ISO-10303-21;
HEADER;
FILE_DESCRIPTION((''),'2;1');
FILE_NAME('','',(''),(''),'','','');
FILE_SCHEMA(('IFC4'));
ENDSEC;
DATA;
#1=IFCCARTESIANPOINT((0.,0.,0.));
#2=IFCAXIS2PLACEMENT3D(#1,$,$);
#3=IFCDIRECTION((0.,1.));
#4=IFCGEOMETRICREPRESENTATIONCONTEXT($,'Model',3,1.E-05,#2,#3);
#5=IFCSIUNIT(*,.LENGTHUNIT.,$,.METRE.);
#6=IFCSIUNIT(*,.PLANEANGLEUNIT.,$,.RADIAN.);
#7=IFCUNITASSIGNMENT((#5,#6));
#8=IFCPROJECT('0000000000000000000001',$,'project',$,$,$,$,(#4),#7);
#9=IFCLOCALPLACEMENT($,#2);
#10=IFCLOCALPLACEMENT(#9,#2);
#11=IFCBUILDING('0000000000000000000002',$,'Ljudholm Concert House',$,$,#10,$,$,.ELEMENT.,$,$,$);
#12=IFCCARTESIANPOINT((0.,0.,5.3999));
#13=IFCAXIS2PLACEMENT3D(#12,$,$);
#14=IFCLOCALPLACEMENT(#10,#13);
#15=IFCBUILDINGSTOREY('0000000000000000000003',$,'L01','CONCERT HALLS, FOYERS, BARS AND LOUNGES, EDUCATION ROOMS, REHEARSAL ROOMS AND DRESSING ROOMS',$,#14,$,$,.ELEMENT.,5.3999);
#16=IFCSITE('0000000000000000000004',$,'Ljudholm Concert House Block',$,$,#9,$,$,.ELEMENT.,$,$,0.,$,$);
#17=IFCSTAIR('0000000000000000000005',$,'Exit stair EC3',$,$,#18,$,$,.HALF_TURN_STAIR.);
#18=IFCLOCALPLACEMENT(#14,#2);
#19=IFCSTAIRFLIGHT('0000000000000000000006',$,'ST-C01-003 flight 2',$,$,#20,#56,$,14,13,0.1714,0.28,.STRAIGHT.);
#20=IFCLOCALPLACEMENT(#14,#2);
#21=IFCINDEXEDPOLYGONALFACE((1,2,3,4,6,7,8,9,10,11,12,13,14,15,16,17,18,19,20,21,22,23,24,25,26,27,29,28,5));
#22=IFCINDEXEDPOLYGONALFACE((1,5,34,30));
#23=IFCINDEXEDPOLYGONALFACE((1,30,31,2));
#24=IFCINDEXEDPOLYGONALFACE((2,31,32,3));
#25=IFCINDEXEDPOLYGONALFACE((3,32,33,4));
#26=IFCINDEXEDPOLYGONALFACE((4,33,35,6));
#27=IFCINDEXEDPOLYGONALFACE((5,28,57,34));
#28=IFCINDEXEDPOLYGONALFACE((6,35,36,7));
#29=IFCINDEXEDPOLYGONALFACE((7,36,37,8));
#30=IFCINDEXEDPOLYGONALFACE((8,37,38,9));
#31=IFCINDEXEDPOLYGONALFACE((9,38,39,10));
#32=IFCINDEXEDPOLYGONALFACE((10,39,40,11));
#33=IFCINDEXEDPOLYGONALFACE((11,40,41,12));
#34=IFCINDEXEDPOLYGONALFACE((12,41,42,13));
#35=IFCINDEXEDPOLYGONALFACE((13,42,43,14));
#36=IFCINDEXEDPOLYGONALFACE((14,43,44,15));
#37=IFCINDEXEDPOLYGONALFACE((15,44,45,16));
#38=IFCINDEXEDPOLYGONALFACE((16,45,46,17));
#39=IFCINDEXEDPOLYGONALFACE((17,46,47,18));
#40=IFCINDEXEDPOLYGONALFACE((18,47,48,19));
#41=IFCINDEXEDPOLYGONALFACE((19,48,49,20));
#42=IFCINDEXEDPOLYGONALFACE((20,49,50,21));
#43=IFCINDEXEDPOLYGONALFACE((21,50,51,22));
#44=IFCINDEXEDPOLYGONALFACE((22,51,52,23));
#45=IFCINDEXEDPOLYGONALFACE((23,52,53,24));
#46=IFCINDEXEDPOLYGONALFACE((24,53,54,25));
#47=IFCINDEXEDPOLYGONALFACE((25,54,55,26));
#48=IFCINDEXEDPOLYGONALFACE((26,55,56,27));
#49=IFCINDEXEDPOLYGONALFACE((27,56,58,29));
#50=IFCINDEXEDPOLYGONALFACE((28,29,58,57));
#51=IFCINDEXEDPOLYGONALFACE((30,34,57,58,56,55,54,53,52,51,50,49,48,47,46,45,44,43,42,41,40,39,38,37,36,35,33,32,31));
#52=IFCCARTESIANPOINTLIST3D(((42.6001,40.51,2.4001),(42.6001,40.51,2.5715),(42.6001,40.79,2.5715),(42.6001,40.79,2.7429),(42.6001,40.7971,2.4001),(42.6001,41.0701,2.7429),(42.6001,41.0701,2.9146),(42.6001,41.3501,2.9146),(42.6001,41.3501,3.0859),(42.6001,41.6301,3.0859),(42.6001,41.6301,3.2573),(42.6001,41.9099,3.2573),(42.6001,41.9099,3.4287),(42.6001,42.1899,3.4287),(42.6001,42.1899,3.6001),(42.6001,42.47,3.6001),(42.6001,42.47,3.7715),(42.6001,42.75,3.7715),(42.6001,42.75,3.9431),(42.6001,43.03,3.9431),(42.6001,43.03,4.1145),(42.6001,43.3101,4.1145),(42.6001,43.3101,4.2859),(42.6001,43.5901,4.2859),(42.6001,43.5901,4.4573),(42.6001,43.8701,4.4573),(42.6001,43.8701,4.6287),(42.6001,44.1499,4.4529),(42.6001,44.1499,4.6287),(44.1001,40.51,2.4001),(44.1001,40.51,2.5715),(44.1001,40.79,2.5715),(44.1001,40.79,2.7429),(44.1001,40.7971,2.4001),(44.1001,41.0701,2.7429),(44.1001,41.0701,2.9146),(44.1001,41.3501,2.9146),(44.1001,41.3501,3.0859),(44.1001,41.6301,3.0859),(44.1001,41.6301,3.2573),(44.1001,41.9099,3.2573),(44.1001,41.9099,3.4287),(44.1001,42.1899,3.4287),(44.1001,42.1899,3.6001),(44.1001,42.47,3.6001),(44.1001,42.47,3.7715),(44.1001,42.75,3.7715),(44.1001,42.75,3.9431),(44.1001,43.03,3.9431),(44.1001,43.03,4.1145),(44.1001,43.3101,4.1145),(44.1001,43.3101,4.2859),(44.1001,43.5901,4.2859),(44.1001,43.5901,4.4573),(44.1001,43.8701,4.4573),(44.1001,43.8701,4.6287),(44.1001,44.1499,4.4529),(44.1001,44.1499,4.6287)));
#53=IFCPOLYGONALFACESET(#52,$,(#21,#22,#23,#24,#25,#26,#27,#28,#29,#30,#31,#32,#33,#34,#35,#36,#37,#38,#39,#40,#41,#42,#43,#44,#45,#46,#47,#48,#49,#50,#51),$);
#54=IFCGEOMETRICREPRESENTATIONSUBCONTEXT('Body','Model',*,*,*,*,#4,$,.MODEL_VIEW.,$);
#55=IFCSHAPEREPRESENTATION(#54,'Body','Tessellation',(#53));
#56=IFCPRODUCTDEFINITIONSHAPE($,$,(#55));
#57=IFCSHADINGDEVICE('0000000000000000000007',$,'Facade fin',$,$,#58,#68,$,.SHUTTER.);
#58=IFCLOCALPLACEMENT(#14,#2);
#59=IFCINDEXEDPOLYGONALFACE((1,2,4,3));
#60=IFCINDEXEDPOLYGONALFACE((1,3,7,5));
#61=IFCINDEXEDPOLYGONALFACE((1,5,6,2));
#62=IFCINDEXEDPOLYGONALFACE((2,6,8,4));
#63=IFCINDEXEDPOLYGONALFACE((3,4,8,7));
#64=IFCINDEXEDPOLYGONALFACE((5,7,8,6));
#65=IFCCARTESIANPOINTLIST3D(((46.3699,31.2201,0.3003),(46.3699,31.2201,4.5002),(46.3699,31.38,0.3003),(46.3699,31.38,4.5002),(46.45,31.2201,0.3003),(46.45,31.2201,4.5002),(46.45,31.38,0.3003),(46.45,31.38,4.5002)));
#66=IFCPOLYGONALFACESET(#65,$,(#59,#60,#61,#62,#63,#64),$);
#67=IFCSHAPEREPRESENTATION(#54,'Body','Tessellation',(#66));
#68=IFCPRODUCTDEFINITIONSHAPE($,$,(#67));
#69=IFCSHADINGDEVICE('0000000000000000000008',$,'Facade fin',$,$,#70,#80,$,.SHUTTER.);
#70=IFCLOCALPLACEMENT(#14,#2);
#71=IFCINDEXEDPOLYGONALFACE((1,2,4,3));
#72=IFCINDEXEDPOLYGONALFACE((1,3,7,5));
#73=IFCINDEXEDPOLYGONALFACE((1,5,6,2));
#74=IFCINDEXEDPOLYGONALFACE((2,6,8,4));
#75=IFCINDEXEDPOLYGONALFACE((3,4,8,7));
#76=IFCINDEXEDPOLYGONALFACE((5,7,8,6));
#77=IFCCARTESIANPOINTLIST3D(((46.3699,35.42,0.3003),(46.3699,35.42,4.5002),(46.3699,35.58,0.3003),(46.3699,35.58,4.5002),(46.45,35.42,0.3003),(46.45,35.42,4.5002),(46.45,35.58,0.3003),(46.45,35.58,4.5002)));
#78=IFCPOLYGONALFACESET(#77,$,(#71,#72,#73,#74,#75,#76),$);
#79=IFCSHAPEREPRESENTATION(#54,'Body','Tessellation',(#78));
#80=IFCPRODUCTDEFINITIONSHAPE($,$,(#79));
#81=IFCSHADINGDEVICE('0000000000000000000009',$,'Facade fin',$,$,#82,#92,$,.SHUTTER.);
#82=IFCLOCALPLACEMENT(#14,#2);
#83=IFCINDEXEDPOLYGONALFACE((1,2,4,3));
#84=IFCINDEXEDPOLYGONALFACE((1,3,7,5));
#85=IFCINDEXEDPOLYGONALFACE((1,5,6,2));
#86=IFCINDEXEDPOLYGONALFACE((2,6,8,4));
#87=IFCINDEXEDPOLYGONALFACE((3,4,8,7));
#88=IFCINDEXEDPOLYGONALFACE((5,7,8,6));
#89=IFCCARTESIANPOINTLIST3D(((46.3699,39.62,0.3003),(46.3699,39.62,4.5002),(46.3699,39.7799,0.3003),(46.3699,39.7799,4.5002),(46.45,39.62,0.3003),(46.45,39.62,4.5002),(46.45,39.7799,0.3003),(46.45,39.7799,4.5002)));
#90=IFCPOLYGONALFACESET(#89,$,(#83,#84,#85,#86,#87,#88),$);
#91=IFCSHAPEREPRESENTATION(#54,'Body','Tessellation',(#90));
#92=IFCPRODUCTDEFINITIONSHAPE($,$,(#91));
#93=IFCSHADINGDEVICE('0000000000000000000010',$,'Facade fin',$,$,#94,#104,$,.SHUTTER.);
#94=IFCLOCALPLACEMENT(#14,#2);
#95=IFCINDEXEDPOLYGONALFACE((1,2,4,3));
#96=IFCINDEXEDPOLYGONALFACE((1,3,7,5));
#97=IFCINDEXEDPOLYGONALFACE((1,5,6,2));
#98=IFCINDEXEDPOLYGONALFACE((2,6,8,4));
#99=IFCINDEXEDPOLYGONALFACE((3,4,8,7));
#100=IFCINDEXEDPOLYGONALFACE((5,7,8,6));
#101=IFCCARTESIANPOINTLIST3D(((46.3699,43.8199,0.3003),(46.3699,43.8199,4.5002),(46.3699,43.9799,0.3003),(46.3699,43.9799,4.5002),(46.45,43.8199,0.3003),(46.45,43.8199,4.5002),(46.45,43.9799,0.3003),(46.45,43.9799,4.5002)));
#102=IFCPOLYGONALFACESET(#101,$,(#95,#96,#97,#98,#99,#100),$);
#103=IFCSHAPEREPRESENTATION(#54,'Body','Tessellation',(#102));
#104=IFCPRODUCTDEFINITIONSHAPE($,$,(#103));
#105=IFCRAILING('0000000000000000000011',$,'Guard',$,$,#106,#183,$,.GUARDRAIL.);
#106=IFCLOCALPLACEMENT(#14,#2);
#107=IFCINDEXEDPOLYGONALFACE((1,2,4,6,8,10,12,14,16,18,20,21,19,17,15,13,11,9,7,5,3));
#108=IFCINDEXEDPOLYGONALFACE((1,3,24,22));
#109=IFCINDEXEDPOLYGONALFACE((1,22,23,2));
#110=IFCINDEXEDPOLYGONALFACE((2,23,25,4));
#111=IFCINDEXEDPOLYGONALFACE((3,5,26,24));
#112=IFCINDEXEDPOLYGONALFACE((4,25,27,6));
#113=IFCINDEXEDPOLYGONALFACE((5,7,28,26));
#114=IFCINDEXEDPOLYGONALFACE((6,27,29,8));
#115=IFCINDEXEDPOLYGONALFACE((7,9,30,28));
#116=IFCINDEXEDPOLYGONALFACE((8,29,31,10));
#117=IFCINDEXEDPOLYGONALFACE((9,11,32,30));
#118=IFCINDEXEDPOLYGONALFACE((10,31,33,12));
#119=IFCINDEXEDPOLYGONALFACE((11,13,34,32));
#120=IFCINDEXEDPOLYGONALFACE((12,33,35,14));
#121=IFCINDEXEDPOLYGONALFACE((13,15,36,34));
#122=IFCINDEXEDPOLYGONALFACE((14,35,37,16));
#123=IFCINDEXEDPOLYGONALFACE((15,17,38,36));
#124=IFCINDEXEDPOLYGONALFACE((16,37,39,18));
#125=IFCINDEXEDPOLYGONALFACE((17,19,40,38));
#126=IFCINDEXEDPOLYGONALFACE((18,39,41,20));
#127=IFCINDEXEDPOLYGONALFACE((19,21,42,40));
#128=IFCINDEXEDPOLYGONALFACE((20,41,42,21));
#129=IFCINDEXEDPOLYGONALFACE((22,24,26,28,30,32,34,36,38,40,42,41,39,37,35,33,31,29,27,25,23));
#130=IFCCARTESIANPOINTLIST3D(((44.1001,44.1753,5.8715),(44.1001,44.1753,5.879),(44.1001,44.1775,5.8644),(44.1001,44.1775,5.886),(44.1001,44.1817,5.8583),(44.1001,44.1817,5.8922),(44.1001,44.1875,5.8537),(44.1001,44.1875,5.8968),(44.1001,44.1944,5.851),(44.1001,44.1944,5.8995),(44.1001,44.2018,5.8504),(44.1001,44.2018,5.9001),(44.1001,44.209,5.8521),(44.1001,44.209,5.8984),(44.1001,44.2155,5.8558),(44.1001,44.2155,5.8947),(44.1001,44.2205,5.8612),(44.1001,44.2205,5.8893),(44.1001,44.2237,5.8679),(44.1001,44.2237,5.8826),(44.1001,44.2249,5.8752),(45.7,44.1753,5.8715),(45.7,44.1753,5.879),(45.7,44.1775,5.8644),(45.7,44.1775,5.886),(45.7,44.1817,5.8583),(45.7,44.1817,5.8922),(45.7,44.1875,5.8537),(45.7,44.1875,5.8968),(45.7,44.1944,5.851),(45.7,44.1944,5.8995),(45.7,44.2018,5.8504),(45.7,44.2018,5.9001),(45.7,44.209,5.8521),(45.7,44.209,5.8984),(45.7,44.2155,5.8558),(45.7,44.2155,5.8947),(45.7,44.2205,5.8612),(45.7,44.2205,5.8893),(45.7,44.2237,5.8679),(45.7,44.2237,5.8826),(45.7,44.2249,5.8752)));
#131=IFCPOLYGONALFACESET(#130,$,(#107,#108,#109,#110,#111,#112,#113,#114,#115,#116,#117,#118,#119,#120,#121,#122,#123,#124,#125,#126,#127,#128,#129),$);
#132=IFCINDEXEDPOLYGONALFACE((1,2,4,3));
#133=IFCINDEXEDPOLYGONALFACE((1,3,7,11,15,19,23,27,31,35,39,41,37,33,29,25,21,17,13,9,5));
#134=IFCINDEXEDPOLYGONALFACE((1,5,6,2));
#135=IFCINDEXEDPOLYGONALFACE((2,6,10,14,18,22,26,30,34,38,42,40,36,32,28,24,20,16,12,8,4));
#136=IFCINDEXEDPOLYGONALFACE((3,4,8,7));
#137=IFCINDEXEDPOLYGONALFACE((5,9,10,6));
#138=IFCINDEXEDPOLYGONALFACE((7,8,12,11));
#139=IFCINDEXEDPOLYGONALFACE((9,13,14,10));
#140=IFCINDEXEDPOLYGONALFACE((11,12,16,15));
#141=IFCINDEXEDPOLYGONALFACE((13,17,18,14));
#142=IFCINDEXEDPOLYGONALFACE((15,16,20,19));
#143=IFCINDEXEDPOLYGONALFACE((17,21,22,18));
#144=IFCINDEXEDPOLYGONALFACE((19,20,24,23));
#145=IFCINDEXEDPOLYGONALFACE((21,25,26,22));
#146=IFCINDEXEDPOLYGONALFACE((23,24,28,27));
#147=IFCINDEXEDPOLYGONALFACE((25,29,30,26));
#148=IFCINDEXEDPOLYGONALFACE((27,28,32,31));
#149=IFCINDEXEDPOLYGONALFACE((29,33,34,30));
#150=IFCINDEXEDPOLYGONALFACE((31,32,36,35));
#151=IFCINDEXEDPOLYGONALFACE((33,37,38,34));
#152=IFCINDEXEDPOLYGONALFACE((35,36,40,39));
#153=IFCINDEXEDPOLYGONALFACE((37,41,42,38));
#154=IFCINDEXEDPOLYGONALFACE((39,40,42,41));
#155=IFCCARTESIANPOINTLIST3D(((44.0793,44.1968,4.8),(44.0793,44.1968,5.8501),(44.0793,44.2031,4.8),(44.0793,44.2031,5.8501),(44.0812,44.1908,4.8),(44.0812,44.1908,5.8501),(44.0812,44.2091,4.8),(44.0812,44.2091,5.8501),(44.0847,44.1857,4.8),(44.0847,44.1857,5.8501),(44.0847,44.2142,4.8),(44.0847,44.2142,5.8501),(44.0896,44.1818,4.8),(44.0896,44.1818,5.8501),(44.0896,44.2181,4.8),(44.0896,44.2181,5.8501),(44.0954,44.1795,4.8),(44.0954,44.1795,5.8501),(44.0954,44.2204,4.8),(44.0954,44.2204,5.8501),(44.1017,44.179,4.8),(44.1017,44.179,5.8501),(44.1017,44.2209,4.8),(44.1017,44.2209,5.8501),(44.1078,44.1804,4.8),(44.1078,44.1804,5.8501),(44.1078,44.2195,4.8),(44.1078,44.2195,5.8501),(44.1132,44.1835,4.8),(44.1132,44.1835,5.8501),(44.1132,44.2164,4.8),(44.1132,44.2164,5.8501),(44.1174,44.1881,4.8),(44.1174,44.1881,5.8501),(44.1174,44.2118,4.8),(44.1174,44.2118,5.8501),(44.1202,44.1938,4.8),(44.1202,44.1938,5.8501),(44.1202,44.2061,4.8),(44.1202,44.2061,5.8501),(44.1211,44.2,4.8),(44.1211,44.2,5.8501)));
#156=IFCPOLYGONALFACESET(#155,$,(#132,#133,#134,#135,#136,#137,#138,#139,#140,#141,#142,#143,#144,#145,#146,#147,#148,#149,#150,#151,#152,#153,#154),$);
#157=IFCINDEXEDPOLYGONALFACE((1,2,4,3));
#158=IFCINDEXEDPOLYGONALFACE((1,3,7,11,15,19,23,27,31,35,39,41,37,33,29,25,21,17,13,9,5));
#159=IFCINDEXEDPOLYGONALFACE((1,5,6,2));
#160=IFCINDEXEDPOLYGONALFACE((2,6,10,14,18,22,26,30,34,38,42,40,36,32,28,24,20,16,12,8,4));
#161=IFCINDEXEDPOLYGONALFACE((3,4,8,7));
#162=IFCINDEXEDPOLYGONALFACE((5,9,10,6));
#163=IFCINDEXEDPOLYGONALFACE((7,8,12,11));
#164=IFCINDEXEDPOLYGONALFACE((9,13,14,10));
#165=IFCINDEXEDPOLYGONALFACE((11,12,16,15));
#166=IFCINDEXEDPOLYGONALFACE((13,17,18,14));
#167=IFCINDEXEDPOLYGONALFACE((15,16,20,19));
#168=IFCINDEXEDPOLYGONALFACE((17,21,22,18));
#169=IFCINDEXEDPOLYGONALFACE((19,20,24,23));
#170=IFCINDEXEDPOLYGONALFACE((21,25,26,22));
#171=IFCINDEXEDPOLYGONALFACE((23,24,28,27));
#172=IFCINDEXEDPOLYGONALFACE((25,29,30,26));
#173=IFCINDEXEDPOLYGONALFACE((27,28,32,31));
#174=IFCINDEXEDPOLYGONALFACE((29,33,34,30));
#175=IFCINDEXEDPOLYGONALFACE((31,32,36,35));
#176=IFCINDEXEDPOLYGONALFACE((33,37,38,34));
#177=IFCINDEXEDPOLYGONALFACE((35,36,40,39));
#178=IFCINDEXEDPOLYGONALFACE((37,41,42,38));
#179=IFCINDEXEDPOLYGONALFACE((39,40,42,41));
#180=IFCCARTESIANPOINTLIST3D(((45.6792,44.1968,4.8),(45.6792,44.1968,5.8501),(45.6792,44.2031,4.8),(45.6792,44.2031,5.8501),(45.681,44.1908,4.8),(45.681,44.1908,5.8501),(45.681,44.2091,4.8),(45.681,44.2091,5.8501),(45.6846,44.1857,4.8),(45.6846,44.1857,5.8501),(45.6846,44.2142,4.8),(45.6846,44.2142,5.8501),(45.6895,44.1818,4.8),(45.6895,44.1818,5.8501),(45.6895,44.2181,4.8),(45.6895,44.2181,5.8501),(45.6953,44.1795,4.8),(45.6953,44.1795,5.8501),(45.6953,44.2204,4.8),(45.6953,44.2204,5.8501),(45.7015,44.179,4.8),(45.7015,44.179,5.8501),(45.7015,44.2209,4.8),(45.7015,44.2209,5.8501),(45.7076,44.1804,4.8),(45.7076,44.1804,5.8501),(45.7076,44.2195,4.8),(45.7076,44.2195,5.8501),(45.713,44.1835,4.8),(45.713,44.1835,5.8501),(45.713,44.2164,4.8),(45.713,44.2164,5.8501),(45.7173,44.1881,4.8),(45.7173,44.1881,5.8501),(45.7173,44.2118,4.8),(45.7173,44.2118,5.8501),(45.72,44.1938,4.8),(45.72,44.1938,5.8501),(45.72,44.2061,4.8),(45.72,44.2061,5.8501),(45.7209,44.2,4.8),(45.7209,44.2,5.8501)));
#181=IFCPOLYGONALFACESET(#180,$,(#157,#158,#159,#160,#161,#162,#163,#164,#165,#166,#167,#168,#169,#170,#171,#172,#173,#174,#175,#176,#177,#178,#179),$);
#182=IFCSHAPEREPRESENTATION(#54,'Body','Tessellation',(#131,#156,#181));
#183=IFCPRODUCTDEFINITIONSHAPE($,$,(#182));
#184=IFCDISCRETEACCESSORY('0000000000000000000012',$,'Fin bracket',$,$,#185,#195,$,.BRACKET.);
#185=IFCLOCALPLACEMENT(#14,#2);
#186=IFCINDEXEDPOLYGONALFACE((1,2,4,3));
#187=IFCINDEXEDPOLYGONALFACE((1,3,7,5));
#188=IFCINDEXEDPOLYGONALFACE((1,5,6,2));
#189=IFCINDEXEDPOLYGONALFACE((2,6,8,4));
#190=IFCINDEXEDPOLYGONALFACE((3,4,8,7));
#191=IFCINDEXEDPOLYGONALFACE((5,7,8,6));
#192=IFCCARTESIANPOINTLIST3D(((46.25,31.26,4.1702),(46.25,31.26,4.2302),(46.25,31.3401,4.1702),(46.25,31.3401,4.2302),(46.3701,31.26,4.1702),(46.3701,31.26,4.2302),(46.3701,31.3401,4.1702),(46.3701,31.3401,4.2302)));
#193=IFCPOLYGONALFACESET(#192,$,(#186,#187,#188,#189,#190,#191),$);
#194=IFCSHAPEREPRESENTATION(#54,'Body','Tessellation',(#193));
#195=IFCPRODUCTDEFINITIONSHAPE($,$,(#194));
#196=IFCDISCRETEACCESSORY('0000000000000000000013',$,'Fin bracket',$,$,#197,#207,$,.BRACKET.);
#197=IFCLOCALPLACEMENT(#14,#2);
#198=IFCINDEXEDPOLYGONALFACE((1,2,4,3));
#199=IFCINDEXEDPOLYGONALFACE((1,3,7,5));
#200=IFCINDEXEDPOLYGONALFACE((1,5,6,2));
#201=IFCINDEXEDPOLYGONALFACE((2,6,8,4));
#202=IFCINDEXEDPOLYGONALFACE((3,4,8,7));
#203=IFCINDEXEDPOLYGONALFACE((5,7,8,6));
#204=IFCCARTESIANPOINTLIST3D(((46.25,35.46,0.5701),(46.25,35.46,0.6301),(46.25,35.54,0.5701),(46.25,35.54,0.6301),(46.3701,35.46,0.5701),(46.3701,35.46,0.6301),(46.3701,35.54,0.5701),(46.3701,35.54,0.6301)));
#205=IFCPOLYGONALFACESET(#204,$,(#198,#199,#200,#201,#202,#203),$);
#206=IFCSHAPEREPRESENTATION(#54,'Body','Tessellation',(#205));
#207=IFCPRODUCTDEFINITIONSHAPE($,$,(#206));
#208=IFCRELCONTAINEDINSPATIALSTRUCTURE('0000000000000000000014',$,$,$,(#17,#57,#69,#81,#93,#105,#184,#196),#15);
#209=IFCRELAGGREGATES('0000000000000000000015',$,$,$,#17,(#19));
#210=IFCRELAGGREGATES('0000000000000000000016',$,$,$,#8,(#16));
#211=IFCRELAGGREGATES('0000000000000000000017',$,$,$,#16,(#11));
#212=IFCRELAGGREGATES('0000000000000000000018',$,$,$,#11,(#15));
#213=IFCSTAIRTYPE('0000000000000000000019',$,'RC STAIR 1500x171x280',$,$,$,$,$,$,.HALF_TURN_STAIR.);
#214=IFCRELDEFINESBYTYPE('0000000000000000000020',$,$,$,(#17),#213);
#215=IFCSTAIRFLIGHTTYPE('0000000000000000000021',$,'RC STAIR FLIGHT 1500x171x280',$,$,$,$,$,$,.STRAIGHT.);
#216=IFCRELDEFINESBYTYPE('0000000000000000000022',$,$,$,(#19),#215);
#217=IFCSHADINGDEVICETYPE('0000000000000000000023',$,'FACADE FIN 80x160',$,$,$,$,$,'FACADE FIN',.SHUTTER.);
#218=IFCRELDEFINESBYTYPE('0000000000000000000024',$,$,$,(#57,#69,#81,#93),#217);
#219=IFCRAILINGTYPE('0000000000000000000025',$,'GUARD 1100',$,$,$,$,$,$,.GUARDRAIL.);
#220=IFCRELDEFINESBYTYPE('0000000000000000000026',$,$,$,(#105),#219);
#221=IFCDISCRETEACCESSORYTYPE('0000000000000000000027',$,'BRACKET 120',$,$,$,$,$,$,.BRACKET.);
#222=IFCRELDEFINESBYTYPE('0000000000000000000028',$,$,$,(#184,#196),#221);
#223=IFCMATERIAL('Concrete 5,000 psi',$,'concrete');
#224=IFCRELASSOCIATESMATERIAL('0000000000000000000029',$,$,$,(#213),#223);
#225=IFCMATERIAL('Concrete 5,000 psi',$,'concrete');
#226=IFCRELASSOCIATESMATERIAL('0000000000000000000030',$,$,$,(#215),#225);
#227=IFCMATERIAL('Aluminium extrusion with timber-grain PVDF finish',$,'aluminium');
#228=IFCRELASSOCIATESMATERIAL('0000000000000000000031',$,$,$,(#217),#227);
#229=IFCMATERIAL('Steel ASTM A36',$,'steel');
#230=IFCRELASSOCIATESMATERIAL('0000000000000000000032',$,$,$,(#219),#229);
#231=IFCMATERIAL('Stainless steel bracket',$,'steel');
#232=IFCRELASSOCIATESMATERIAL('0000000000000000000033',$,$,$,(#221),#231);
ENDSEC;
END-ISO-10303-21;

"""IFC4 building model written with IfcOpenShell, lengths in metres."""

from ifc_helpers import new_model, si_unit, direction, frame, origin, origin_2d, place, context, subcontext, project, spatial, polyline, rectangle, circle, outline, extrude, material, type_object, element, aggregate, save


model = new_model("IFC4")

# Units and contexts
model_context = context("Model", 3, precision=1e-05, world=origin(), true_north=direction((0.0, 1.0)))
body_context = subcontext(model_context, "Body", "Model", "MODEL_VIEW")
ifc_project = project(units=[si_unit("LENGTHUNIT", "METRE"), si_unit("PLANEANGLEUNIT", "RADIAN")], contexts=[model_context])

# Site, building, storey
site_placement = place(None, origin())
site = spatial("IfcSite", under=ifc_project, at=site_placement, Name="Ljudholm Concert House Block", CompositionType="ELEMENT", RefElevation=0.0)
building_placement = place(site_placement, origin())
building = spatial("IfcBuilding", under=site, at=building_placement, Name="Ljudholm Concert House", CompositionType="ELEMENT")
storey_placement = place(building_placement, frame((0.0, 0.0, 5.3999)))
storey = spatial("IfcBuildingStorey", under=building, at=storey_placement, Name="L01", Description="CONCERT HALLS, FOYERS, BARS AND LOUNGES, EDUCATION ROOMS, REHEARSAL ROOMS AND DRESSING ROOMS", CompositionType="ELEMENT", Elevation=5.3999)

# Stair, stair flight
ifc_material_1 = material(Name="Concrete 5,000 psi", Category="concrete")
stair_type = type_object("IfcStairType", Name="RC STAIR 1500x171x280", PredefinedType="HALF_TURN_STAIR", material=ifc_material_1)
stair_placement = place(storey_placement, origin())
stair = element("IfcStair", 1, at=stair_placement, inside=storey, type_object=stair_type, Name="Exit stair EC3", PredefinedType="HALF_TURN_STAIR")
ifc_material_2 = material(Name="Concrete 5,000 psi", Category="concrete")
stair_flight_type = type_object("IfcStairFlightType", Name="RC STAIR FLIGHT 1500x171x280", PredefinedType="STRAIGHT", material=ifc_material_2)
stair_flight_1_placement = place(storey_placement, frame((43.3501, 40.51, 2.4001), z_axis=(0.0, 0.0, 1.0), x_axis=(0.0, 1.0, 0.0)))
stair_flight_1 = element("IfcStairFlight", 2, at=stair_flight_1_placement, type_object=stair_flight_type, Name="ST-C01-003 flight 2", NumberOfRisers=14, NumberOfTreads=13, PredefinedType="STRAIGHT", RiserHeight=0.1714, TreadLength=0.28, context=body_context, shape_type="SweptSolid", body=[
    extrude(outline(polyline([(0.0, 0.0), (0.0, 0.1714), (0.28, 0.1714), (0.28, 0.3428), (0.5601, 0.3428), (0.5601, 0.5144), (0.8401, 0.5144), (0.8401, 0.6858), (1.1201, 0.6858), (1.1201, 0.8572), (1.3999, 0.8572), (1.3999, 1.0286), (1.6799, 1.0286), (1.6799, 1.2), (1.96, 1.2), (1.96, 1.3713), (2.24, 1.3713), (2.24, 1.543), (2.52, 1.543), (2.52, 1.7144), (2.8, 1.7144), (2.8, 1.8857), (3.0801, 1.8857), (3.0801, 2.0571), (3.3601, 2.0571), (3.3601, 2.2285), (3.6399, 2.2285), (3.6399, 2.3999), (3.6399, 2.0527), (0.2871, 0.0), (0.0, 0.0)])), frame((0.0, 0.75, 0.0), z_axis=(0.0, -1.0, 0.0), x_axis=(1.0, 0.0, 0.0)), (0.0, 0.0, 1.0), 1.5),
])
aggregate(stair, [stair_flight_1])

# Shading devices
ifc_material_3 = material(Name="Aluminium extrusion with timber-grain PVDF finish", Category="aluminium")
shading_device_type = type_object("IfcShadingDeviceType", Name="FACADE FIN 80x160", ElementType="FACADE FIN", PredefinedType="SHUTTER", material=ifc_material_3)
for number, where, z_axis, x_axis, name in (
    (3, (46.4099, 31.3, 0.3003), (0.0, 0.0, 1.0), (1.0, 0.0, 0.0), "Facade fin"),
    (4, (46.4099, 35.5, 0.3003), (0.0, 0.0, 1.0), (1.0, 0.0, 0.0), "Facade fin"),
    (5, (46.4099, 39.7, 0.3003), (0.0, 0.0, 1.0), (1.0, 0.0, 0.0), "Facade fin"),
    (6, (46.4099, 43.8999, 0.3003), (0.0, 0.0, 1.0), (1.0, 0.0, 0.0), "Facade fin"),
):
    element("IfcShadingDevice", number, at=place(storey_placement, frame(where, z_axis=z_axis, x_axis=x_axis)), inside=storey, type_object=shading_device_type, Name=name, PredefinedType="SHUTTER", context=body_context, shape_type="SweptSolid", body=[
        extrude(rectangle(XDim=0.0801, YDim=0.1599, at=origin_2d()), origin(), (0.0, 0.0, 1.0), 4.2),
    ])

# Railing
ifc_material_4 = material(Name="Steel ASTM A36", Category="steel")
railing_type_1 = type_object("IfcRailingType", Name="GUARD 1100", PredefinedType="GUARDRAIL", material=ifc_material_4)
railing_1_placement = place(storey_placement, frame((44.1001, 44.2, 4.8)))
element("IfcRailing", 7, at=railing_1_placement, inside=storey, type_object=railing_type_1, Name="Guard", PredefinedType="GUARDRAIL", context=body_context, shape_type="SweptSolid", body=[
    extrude(circle(Radius=0.0249, at=origin_2d()), frame((0.0, 0.0, 1.0752), z_axis=(1.0, 0.0, 0.0), x_axis=(0.0, 1.0, 0.0)), (0.0, 0.0, 1.0), 1.5999),
    extrude(circle(Radius=0.021, at=origin_2d()), origin(), (0.0, 0.0, 1.0), 1.05),
    extrude(circle(Radius=0.021, at=origin_2d()), frame((1.5999, 0.0, 0.0)), (0.0, 0.0, 1.0), 1.05),
])

# Discrete accessories
ifc_material_5 = material(Name="Stainless steel bracket", Category="steel")
discrete_accessory_type = type_object("IfcDiscreteAccessoryType", Name="BRACKET 120", PredefinedType="BRACKET", material=ifc_material_5)
for number, where, z_axis, x_axis, name in (
    (8, (46.3101, 31.3, 4.1702), (0.0, 0.0, 1.0), (1.0, 0.0, 0.0), "Fin bracket"),
    (9, (46.3101, 35.5, 0.5701), (0.0, 0.0, 1.0), (1.0, 0.0, 0.0), "Fin bracket"),
):
    element("IfcDiscreteAccessory", number, at=place(storey_placement, frame(where, z_axis=z_axis, x_axis=x_axis)), inside=storey, type_object=discrete_accessory_type, Name=name, PredefinedType="BRACKET", context=body_context, shape_type="SweptSolid", body=[
        extrude(rectangle(XDim=0.1201, YDim=0.0801, at=origin_2d()), origin(), (0.0, 0.0, 1.0), 0.0601),
    ])

save(model, "model.ifc")
